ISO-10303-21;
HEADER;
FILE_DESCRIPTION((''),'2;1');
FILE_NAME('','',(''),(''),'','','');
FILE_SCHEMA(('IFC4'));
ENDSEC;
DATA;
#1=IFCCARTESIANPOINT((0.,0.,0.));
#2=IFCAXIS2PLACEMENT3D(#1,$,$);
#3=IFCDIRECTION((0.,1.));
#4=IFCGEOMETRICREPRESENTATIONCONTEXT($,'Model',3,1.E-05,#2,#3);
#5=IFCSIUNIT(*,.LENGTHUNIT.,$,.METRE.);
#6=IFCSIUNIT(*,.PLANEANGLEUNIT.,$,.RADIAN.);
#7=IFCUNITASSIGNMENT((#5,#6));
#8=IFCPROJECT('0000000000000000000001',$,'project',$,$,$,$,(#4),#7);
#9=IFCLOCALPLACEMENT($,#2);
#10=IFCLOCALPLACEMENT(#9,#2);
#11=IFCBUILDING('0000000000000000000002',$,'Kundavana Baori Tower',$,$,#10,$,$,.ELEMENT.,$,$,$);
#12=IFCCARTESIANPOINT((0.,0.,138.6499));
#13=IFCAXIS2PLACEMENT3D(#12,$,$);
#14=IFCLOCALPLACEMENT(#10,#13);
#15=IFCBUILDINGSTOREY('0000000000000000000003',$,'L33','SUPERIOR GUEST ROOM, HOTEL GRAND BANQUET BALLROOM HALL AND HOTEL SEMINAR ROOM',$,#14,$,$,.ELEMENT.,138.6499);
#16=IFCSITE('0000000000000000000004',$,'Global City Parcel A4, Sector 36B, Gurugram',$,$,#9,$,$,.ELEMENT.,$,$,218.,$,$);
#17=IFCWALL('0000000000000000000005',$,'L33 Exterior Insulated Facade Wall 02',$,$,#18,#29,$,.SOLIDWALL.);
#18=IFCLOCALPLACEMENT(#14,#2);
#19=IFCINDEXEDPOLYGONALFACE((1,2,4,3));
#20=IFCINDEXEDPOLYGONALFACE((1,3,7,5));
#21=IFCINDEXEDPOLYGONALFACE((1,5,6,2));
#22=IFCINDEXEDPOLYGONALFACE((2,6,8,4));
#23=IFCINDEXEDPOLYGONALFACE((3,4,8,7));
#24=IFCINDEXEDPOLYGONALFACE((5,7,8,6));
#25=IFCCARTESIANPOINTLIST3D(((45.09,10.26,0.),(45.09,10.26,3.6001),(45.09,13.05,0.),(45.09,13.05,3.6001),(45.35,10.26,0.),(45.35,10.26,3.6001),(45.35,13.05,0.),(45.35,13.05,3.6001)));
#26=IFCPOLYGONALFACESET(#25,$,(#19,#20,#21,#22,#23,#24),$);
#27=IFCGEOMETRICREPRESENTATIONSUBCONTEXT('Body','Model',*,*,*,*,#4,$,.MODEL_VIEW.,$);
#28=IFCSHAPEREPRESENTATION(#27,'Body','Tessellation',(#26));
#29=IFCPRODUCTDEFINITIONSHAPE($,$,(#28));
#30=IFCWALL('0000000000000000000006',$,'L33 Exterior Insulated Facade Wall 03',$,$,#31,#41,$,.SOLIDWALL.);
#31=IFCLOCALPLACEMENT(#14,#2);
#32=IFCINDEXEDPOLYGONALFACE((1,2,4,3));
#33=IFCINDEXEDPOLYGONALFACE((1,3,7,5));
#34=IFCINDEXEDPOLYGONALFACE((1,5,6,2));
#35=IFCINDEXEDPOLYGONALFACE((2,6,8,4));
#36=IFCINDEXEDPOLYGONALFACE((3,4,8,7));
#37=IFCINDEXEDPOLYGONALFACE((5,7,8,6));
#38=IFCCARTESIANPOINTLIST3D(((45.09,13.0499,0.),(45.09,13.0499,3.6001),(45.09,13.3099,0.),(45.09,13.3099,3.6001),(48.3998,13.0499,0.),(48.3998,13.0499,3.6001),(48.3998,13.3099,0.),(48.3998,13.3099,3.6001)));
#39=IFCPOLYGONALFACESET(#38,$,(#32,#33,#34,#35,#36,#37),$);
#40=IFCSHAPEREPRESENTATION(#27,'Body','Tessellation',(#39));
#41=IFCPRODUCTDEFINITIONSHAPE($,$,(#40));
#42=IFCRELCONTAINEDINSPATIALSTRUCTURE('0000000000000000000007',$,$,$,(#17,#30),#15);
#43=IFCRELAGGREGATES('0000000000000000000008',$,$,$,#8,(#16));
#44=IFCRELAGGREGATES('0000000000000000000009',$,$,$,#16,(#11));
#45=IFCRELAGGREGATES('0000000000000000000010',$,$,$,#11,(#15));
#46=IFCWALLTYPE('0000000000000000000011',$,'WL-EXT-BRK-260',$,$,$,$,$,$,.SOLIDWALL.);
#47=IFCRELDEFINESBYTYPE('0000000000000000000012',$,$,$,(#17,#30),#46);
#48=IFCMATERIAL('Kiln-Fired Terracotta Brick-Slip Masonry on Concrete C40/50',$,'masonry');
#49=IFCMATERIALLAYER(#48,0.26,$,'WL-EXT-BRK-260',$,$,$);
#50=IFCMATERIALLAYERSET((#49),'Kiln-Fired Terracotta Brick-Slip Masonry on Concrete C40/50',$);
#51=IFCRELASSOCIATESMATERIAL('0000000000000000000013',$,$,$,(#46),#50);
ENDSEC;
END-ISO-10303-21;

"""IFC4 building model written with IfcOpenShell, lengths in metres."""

from ifc_helpers import new_model, si_unit, direction, frame, frame_2d, origin, place, context, subcontext, project, spatial, rectangle, extrude, material, layer, layer_set, type_object, element, save


model = new_model("IFC4")

# Units and contexts
model_context = context("Model", 3, precision=1e-05, world=origin(), true_north=direction((0.0, 1.0)))
body_context = subcontext(model_context, "Body", "Model", "MODEL_VIEW")
ifc_project = project(units=[si_unit("LENGTHUNIT", "METRE"), si_unit("PLANEANGLEUNIT", "RADIAN")], contexts=[model_context])

# Site, building, storey
site_placement = place(None, origin())
site = spatial("IfcSite", under=ifc_project, at=site_placement, Name="Global City Parcel A4, Sector 36B, Gurugram", CompositionType="ELEMENT", RefElevation=218.0)
building_placement = place(site_placement, origin())
building = spatial("IfcBuilding", under=site, at=building_placement, Name="Kundavana Baori Tower", CompositionType="ELEMENT")
storey_placement = place(building_placement, frame((0.0, 0.0, 138.6499)))
storey = spatial("IfcBuildingStorey", under=building, at=storey_placement, Name="L33", Description="SUPERIOR GUEST ROOM, HOTEL GRAND BANQUET BALLROOM HALL AND HOTEL SEMINAR ROOM", CompositionType="ELEMENT", Elevation=138.6499)

# Walls
ifc_material_1 = material(Name="Kiln-Fired Terracotta Brick-Slip Masonry on Concrete C40/50", Category="masonry")
ifc_layer_1 = layer(ifc_material_1, 0.26, Name="WL-EXT-BRK-260")
ifc_layer_set_1 = layer_set([ifc_layer_1], Name="Kiln-Fired Terracotta Brick-Slip Masonry on Concrete C40/50")
wall_type_1 = type_object("IfcWallType", Name="WL-EXT-BRK-260", PredefinedType="SOLIDWALL", material=ifc_layer_set_1)
wall_1_placement = place(storey_placement, frame((45.22, 10.26, 0.0), z_axis=(0.0, 0.0, 1.0), x_axis=(0.0, 1.0, 0.0)))
element("IfcWall", 1, at=wall_1_placement, inside=storey, type_object=wall_type_1, Name="L33 Exterior Insulated Facade Wall 02", PredefinedType="SOLIDWALL", context=body_context, shape_type="SweptSolid", body=[
    extrude(rectangle(XDim=2.79, YDim=0.26, at=frame_2d((1.395, 0.0))), origin(), (0.0, 0.0, 1.0), 3.6001),
])
wall_2_placement = place(storey_placement, frame((45.0901, 13.1799, 0.0), z_axis=(0.0, 0.0, 1.0), x_axis=(1.0, 0.0, 0.0)))
element("IfcWall", 2, at=wall_2_placement, inside=storey, type_object=wall_type_1, Name="L33 Exterior Insulated Facade Wall 03", PredefinedType="SOLIDWALL", context=body_context, shape_type="SweptSolid", body=[
    extrude(rectangle(XDim=3.3098, YDim=0.26, at=frame_2d((1.6548, 0.0))), origin(), (0.0, 0.0, 1.0), 3.6001),
])

save(model, "model.ifc")
